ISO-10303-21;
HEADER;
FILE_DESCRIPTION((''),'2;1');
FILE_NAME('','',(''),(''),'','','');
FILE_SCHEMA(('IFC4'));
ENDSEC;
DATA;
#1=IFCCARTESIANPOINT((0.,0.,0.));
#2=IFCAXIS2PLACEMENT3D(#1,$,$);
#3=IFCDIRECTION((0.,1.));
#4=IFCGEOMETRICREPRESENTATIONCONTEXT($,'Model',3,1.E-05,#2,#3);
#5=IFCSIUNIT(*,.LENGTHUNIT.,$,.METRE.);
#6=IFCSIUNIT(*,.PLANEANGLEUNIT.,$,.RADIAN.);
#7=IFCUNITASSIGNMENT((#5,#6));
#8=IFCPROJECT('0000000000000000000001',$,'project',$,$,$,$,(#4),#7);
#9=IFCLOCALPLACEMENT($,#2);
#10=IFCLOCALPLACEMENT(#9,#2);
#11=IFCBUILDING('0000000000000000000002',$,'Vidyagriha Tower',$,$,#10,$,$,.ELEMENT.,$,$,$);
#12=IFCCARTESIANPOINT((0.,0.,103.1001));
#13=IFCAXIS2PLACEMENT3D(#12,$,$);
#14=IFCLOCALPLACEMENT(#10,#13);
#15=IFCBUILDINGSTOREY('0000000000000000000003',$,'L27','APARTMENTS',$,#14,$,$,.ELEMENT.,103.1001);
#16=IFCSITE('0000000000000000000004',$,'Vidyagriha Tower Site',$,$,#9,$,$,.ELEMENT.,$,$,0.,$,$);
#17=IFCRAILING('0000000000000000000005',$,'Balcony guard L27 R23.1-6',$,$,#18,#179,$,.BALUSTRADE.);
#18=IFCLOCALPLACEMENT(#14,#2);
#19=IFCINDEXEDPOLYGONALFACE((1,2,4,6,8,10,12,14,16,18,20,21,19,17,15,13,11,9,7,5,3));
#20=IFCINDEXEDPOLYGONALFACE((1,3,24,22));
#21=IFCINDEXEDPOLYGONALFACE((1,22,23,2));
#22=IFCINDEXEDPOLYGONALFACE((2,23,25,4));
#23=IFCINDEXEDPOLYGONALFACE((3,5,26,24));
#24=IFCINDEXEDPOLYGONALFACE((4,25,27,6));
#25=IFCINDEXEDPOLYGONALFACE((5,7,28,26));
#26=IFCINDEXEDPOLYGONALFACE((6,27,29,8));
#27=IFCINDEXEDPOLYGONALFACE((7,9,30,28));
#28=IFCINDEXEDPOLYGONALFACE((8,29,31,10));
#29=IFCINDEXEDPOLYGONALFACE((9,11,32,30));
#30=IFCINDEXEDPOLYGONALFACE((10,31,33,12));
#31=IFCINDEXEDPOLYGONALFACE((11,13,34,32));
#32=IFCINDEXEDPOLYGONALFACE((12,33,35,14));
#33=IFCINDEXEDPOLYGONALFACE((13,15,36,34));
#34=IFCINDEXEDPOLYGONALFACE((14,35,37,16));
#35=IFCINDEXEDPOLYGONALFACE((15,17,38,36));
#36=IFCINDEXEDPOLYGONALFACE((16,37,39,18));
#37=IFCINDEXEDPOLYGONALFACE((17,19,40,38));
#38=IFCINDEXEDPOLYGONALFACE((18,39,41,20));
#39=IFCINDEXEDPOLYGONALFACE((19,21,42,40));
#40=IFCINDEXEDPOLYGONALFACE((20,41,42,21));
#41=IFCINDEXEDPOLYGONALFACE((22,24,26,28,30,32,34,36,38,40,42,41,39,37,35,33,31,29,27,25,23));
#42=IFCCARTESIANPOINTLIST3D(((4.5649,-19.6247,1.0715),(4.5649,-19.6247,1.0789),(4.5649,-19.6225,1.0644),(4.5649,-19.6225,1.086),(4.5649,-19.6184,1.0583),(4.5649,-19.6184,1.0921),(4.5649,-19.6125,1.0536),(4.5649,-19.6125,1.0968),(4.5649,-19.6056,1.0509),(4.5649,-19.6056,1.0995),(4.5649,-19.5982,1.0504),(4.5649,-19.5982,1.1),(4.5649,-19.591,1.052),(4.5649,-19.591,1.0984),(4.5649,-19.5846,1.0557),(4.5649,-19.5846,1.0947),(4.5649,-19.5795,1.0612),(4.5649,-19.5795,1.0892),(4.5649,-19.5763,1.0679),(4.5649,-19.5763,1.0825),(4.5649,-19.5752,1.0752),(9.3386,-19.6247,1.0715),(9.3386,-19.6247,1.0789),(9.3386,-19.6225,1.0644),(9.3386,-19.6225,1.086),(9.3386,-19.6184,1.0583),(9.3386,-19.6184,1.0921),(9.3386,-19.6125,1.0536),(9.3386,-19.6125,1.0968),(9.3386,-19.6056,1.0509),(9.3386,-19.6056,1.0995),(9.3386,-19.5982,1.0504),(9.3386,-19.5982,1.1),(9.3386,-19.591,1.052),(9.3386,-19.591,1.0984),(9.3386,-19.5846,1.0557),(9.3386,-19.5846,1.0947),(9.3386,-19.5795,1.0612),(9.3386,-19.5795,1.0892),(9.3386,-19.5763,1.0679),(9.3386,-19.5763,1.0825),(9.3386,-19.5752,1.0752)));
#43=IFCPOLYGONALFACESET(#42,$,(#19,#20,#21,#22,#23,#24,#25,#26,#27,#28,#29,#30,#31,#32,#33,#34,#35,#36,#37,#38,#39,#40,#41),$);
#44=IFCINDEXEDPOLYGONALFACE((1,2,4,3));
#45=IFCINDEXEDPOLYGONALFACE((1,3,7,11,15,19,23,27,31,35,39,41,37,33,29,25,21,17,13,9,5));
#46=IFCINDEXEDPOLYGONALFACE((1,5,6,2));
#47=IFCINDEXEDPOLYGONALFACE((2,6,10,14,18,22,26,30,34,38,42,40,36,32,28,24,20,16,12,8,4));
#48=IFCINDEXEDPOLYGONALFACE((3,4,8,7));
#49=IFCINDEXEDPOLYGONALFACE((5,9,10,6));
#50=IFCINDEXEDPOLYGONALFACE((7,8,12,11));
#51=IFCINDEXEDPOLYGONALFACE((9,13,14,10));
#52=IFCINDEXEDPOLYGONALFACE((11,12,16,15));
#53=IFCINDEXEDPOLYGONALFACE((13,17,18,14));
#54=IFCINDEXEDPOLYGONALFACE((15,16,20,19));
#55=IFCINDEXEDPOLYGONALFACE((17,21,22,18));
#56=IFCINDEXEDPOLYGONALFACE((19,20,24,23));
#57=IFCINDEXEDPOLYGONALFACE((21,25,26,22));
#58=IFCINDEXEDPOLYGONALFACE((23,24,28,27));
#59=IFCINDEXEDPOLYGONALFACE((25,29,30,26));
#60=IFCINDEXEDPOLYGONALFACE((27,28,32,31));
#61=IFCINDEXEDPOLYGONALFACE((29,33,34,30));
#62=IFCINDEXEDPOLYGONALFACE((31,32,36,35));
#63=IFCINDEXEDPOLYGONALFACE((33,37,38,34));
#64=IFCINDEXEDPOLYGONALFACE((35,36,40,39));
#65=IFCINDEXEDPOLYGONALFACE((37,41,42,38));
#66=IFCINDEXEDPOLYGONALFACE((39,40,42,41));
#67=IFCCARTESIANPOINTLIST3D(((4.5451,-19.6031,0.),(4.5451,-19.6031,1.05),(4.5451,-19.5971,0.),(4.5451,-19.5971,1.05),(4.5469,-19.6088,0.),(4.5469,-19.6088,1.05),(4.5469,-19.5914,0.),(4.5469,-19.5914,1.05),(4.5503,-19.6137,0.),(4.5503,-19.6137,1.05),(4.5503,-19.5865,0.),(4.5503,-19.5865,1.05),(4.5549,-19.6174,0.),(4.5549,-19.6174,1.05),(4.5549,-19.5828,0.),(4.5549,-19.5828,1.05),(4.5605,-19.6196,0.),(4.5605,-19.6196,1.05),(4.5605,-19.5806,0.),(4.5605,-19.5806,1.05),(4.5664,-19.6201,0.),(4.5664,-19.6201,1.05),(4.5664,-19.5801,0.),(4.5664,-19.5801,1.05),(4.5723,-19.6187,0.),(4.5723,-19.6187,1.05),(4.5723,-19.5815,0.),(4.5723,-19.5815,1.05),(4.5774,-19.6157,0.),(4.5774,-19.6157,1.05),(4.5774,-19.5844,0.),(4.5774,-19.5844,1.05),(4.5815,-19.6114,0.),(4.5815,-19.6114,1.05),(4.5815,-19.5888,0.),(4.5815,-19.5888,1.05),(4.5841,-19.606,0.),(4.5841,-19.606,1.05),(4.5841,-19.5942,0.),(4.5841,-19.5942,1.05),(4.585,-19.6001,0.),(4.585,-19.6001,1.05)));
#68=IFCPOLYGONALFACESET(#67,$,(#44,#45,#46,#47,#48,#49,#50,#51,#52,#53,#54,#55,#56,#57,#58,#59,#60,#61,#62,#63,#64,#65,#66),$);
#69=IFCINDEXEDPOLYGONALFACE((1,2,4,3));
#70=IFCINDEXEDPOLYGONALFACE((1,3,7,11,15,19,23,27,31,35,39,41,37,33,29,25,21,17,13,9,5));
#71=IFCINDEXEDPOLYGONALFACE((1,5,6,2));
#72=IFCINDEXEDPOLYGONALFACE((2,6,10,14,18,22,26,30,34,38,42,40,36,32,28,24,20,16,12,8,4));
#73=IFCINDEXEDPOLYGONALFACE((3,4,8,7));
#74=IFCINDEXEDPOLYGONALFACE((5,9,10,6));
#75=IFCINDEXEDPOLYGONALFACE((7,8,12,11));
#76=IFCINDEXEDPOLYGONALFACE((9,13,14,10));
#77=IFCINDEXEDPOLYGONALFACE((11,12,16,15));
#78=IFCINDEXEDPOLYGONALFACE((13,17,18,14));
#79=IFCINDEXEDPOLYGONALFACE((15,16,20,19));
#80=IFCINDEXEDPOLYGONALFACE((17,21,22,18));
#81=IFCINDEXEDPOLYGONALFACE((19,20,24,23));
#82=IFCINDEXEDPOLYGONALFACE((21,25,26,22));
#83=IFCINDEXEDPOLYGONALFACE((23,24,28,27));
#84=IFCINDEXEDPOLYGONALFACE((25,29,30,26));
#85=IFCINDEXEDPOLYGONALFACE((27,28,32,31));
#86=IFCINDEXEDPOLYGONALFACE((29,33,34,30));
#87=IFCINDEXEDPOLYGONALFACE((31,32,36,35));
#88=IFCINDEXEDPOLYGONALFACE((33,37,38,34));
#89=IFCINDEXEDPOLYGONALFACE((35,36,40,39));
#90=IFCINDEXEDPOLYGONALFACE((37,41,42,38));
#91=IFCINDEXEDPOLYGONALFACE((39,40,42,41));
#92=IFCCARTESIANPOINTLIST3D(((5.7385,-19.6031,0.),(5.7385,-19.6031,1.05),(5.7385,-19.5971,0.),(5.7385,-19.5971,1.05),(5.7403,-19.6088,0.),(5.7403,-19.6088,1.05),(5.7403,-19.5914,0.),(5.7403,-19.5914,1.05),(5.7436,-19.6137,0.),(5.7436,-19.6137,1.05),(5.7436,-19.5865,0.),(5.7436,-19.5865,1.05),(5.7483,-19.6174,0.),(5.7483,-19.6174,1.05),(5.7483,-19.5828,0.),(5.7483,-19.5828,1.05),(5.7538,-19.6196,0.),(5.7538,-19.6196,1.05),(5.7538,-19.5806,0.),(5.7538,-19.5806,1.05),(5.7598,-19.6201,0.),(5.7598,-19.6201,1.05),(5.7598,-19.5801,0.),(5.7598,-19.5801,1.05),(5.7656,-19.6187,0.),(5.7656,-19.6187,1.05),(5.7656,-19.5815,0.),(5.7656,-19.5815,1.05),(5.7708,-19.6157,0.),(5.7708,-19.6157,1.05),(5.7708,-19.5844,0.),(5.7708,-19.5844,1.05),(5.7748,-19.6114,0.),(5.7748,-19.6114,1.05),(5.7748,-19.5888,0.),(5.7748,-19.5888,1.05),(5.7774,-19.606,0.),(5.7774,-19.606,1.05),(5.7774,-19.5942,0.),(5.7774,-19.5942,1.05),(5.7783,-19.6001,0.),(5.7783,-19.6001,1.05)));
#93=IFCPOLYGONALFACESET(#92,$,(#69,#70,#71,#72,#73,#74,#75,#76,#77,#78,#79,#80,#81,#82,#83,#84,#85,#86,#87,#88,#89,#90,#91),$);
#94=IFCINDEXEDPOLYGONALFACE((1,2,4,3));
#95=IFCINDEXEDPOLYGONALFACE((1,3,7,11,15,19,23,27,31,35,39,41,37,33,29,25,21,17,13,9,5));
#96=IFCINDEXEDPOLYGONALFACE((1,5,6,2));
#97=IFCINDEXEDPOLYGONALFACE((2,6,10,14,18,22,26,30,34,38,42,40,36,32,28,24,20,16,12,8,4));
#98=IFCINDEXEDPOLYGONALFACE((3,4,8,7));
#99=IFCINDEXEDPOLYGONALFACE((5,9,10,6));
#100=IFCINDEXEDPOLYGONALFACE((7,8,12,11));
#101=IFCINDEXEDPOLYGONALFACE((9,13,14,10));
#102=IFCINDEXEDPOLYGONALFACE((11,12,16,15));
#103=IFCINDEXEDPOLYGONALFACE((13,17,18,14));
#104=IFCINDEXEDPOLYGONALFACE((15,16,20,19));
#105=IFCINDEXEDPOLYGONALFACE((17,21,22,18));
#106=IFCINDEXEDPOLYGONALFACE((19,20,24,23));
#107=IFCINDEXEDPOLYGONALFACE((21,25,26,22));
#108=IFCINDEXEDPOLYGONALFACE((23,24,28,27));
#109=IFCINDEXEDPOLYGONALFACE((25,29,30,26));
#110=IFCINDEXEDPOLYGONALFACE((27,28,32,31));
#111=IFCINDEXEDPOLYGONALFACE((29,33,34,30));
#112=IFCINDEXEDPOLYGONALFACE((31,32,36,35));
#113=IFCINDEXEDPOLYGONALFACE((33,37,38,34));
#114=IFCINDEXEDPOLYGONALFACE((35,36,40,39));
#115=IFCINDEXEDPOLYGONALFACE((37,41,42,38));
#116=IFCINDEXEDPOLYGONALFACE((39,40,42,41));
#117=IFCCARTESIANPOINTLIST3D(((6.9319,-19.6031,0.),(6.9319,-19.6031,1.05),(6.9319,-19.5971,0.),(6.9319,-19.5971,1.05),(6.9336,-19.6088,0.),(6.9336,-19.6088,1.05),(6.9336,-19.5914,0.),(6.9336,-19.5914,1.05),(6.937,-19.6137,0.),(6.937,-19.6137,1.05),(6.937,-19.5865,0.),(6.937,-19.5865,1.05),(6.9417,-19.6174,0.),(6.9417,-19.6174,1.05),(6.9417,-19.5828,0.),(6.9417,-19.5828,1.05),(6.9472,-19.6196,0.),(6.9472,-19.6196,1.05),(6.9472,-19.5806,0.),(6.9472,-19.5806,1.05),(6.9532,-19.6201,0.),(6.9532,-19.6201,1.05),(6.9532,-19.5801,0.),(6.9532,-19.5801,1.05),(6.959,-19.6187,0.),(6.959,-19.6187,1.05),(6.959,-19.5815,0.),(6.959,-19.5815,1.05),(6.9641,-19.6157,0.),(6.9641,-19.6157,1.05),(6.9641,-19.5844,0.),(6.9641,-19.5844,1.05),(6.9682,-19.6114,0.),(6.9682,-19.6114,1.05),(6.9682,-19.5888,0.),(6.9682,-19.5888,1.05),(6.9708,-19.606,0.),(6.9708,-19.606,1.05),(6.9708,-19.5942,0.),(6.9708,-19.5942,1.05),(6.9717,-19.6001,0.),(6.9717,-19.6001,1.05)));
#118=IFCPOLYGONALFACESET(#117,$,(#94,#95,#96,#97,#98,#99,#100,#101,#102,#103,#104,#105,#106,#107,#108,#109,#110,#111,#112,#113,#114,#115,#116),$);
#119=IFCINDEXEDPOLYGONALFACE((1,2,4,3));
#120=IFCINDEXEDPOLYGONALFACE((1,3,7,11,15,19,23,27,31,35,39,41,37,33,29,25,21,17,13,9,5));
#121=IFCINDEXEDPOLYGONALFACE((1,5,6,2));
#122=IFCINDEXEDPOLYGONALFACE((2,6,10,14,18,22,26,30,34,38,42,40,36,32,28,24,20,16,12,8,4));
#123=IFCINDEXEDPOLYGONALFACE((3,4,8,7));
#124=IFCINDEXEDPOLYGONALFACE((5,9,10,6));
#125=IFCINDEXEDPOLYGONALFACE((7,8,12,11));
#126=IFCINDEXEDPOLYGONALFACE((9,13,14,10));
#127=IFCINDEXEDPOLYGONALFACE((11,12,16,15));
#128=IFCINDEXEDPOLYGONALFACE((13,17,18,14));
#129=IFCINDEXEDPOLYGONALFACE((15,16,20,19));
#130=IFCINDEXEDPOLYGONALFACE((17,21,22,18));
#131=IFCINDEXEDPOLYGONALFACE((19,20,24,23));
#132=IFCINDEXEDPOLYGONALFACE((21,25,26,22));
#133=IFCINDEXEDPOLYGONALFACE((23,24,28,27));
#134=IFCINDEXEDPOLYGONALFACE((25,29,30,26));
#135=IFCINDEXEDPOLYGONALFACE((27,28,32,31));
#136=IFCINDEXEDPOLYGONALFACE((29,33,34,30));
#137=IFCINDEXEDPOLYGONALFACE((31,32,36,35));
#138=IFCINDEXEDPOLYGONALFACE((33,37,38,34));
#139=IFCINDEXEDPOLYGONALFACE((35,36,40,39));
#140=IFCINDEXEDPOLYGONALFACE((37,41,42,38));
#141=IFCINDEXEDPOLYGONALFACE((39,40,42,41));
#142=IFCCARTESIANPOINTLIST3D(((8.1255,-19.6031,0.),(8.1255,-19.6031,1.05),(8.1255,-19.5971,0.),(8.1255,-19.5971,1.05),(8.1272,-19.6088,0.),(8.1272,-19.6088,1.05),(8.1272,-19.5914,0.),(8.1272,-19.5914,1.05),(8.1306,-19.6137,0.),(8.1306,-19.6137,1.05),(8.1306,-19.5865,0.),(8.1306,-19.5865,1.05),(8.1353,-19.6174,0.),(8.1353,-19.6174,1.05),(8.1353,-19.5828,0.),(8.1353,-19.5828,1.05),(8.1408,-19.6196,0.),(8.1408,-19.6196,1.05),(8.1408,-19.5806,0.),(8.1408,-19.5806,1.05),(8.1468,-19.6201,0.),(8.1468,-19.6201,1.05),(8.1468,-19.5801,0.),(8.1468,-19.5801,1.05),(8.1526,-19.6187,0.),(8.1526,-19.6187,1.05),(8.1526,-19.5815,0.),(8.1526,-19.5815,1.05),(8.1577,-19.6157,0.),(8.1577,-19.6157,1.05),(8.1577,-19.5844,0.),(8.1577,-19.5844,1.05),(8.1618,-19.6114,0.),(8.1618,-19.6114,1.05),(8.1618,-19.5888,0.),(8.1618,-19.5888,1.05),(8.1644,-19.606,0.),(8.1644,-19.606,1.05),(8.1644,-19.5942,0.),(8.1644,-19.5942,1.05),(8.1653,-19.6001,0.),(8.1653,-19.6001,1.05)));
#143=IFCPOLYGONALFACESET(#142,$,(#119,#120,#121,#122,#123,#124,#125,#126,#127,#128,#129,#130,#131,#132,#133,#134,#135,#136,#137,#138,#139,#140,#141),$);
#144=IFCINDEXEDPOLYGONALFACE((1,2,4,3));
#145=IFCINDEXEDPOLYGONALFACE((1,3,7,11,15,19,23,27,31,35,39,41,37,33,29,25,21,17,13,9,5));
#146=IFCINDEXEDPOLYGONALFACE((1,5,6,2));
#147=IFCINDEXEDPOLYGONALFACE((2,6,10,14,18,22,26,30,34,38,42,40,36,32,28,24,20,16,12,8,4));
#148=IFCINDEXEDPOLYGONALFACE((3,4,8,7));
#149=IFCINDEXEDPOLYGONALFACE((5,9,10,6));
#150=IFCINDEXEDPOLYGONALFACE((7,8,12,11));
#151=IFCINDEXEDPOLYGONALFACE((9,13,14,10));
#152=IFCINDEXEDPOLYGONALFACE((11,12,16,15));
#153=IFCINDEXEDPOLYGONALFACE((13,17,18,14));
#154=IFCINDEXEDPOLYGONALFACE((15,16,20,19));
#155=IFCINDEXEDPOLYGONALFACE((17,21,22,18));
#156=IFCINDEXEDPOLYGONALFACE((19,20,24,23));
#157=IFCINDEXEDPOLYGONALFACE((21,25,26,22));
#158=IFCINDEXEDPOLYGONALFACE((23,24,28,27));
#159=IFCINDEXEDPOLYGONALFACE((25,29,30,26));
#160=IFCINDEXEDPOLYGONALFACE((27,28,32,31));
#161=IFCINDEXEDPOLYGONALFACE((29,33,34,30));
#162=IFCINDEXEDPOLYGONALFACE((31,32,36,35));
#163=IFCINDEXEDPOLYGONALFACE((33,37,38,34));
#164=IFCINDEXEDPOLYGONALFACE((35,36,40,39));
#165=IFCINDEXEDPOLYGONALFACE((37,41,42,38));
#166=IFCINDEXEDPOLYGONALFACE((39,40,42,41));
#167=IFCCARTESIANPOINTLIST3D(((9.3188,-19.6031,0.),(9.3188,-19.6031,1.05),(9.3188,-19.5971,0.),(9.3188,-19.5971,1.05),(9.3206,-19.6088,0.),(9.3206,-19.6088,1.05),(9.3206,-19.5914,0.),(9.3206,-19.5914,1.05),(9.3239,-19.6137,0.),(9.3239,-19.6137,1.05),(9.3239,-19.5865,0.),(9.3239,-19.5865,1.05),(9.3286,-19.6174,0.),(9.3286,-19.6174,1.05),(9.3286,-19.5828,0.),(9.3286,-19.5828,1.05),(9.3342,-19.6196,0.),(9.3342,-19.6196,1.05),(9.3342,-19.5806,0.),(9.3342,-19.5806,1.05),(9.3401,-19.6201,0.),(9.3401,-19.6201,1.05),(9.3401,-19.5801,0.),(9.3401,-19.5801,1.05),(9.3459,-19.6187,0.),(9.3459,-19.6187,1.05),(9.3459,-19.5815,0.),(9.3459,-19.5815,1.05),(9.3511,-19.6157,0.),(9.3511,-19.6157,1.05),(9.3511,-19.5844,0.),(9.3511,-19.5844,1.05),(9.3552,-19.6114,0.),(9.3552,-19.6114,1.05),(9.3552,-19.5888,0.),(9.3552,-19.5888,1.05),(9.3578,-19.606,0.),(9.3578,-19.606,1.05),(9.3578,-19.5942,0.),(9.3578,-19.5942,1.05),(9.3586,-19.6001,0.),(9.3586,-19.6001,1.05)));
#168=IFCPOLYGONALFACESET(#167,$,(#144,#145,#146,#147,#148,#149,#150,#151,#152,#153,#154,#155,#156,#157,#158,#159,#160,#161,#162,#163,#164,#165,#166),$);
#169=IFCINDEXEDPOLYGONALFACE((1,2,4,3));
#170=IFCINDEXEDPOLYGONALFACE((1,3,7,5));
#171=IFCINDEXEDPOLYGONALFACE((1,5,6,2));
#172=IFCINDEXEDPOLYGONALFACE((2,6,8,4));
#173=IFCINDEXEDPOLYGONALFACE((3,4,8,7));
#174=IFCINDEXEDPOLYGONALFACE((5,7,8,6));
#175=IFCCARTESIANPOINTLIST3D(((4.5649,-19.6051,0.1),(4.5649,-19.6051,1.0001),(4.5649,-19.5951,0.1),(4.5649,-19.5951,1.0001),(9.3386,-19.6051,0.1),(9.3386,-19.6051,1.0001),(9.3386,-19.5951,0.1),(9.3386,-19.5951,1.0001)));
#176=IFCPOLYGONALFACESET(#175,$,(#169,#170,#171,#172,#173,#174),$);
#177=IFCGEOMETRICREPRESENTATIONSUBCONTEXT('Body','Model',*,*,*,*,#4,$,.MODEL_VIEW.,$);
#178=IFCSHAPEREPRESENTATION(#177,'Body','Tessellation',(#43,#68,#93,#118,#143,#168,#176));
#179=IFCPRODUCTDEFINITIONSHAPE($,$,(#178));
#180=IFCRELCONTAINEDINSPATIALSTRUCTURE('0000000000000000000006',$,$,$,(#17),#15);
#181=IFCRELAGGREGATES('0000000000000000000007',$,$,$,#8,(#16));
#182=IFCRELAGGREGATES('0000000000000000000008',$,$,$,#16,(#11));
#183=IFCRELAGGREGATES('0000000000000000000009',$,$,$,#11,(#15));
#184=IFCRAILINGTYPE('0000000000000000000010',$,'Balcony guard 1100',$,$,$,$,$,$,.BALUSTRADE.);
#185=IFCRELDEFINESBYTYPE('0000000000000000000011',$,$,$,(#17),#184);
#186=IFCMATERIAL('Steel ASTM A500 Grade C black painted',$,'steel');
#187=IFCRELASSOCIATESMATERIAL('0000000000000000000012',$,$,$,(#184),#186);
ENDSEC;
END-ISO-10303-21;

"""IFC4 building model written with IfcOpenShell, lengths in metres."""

from ifc_helpers import new_model, si_unit, direction, frame, origin, origin_2d, place, context, subcontext, project, spatial, rectangle, circle, extrude, material, type_object, element, save


model = new_model("IFC4")

# Units and contexts
model_context = context("Model", 3, precision=1e-05, world=origin(), true_north=direction((0.0, 1.0)))
body_context = subcontext(model_context, "Body", "Model", "MODEL_VIEW")
ifc_project = project(units=[si_unit("LENGTHUNIT", "METRE"), si_unit("PLANEANGLEUNIT", "RADIAN")], contexts=[model_context])

# Site, building, storey
site_placement = place(None, origin())
site = spatial("IfcSite", under=ifc_project, at=site_placement, Name="Vidyagriha Tower Site", CompositionType="ELEMENT", RefElevation=0.0)
building_placement = place(site_placement, origin())
building = spatial("IfcBuilding", under=site, at=building_placement, Name="Vidyagriha Tower", CompositionType="ELEMENT")
storey_placement = place(building_placement, frame((0.0, 0.0, 103.1001)))
storey = spatial("IfcBuildingStorey", under=building, at=storey_placement, Name="L27", Description="APARTMENTS", CompositionType="ELEMENT", Elevation=103.1001)

# Railing
ifc_material_1 = material(Name="Steel ASTM A500 Grade C black painted", Category="steel")
railing_type = type_object("IfcRailingType", Name="Balcony guard 1100", PredefinedType="BALUSTRADE", material=ifc_material_1)
railing_1_placement = place(storey_placement, frame((4.5649, -19.6001, 0.0)))
element("IfcRailing", 1, at=railing_1_placement, inside=storey, type_object=railing_type, Name="Balcony guard L27 R23.1-6", PredefinedType="BALUSTRADE", context=body_context, shape_type="SweptSolid", body=[
    extrude(circle(Radius=0.0249, at=origin_2d()), frame((0.0, 0.0, 1.0752), z_axis=(1.0, 0.0, 0.0), x_axis=(0.0, 1.0, 0.0)), (0.0, 0.0, 1.0), 4.7737),
    extrude(circle(Radius=0.02, at=origin_2d()), origin(), (0.0, 0.0, 1.0), 1.05),
    extrude(circle(Radius=0.02, at=origin_2d()), frame((1.1934, 0.0, 0.0)), (0.0, 0.0, 1.0), 1.05),
    extrude(circle(Radius=0.02, at=origin_2d()), frame((2.3867, 0.0, 0.0)), (0.0, 0.0, 1.0), 1.05),
    extrude(circle(Radius=0.02, at=origin_2d()), frame((3.5803, 0.0, 0.0)), (0.0, 0.0, 1.0), 1.05),
    extrude(circle(Radius=0.02, at=origin_2d()), frame((4.7737, 0.0, 0.0)), (0.0, 0.0, 1.0), 1.05),
    extrude(rectangle(XDim=0.01, YDim=0.9001, at=origin_2d()), frame((0.0, 0.0, 0.55), z_axis=(1.0, 0.0, 0.0), x_axis=(0.0, 1.0, 0.0)), (0.0, 0.0, 1.0), 4.7737),
])

save(model, "model.ifc")
